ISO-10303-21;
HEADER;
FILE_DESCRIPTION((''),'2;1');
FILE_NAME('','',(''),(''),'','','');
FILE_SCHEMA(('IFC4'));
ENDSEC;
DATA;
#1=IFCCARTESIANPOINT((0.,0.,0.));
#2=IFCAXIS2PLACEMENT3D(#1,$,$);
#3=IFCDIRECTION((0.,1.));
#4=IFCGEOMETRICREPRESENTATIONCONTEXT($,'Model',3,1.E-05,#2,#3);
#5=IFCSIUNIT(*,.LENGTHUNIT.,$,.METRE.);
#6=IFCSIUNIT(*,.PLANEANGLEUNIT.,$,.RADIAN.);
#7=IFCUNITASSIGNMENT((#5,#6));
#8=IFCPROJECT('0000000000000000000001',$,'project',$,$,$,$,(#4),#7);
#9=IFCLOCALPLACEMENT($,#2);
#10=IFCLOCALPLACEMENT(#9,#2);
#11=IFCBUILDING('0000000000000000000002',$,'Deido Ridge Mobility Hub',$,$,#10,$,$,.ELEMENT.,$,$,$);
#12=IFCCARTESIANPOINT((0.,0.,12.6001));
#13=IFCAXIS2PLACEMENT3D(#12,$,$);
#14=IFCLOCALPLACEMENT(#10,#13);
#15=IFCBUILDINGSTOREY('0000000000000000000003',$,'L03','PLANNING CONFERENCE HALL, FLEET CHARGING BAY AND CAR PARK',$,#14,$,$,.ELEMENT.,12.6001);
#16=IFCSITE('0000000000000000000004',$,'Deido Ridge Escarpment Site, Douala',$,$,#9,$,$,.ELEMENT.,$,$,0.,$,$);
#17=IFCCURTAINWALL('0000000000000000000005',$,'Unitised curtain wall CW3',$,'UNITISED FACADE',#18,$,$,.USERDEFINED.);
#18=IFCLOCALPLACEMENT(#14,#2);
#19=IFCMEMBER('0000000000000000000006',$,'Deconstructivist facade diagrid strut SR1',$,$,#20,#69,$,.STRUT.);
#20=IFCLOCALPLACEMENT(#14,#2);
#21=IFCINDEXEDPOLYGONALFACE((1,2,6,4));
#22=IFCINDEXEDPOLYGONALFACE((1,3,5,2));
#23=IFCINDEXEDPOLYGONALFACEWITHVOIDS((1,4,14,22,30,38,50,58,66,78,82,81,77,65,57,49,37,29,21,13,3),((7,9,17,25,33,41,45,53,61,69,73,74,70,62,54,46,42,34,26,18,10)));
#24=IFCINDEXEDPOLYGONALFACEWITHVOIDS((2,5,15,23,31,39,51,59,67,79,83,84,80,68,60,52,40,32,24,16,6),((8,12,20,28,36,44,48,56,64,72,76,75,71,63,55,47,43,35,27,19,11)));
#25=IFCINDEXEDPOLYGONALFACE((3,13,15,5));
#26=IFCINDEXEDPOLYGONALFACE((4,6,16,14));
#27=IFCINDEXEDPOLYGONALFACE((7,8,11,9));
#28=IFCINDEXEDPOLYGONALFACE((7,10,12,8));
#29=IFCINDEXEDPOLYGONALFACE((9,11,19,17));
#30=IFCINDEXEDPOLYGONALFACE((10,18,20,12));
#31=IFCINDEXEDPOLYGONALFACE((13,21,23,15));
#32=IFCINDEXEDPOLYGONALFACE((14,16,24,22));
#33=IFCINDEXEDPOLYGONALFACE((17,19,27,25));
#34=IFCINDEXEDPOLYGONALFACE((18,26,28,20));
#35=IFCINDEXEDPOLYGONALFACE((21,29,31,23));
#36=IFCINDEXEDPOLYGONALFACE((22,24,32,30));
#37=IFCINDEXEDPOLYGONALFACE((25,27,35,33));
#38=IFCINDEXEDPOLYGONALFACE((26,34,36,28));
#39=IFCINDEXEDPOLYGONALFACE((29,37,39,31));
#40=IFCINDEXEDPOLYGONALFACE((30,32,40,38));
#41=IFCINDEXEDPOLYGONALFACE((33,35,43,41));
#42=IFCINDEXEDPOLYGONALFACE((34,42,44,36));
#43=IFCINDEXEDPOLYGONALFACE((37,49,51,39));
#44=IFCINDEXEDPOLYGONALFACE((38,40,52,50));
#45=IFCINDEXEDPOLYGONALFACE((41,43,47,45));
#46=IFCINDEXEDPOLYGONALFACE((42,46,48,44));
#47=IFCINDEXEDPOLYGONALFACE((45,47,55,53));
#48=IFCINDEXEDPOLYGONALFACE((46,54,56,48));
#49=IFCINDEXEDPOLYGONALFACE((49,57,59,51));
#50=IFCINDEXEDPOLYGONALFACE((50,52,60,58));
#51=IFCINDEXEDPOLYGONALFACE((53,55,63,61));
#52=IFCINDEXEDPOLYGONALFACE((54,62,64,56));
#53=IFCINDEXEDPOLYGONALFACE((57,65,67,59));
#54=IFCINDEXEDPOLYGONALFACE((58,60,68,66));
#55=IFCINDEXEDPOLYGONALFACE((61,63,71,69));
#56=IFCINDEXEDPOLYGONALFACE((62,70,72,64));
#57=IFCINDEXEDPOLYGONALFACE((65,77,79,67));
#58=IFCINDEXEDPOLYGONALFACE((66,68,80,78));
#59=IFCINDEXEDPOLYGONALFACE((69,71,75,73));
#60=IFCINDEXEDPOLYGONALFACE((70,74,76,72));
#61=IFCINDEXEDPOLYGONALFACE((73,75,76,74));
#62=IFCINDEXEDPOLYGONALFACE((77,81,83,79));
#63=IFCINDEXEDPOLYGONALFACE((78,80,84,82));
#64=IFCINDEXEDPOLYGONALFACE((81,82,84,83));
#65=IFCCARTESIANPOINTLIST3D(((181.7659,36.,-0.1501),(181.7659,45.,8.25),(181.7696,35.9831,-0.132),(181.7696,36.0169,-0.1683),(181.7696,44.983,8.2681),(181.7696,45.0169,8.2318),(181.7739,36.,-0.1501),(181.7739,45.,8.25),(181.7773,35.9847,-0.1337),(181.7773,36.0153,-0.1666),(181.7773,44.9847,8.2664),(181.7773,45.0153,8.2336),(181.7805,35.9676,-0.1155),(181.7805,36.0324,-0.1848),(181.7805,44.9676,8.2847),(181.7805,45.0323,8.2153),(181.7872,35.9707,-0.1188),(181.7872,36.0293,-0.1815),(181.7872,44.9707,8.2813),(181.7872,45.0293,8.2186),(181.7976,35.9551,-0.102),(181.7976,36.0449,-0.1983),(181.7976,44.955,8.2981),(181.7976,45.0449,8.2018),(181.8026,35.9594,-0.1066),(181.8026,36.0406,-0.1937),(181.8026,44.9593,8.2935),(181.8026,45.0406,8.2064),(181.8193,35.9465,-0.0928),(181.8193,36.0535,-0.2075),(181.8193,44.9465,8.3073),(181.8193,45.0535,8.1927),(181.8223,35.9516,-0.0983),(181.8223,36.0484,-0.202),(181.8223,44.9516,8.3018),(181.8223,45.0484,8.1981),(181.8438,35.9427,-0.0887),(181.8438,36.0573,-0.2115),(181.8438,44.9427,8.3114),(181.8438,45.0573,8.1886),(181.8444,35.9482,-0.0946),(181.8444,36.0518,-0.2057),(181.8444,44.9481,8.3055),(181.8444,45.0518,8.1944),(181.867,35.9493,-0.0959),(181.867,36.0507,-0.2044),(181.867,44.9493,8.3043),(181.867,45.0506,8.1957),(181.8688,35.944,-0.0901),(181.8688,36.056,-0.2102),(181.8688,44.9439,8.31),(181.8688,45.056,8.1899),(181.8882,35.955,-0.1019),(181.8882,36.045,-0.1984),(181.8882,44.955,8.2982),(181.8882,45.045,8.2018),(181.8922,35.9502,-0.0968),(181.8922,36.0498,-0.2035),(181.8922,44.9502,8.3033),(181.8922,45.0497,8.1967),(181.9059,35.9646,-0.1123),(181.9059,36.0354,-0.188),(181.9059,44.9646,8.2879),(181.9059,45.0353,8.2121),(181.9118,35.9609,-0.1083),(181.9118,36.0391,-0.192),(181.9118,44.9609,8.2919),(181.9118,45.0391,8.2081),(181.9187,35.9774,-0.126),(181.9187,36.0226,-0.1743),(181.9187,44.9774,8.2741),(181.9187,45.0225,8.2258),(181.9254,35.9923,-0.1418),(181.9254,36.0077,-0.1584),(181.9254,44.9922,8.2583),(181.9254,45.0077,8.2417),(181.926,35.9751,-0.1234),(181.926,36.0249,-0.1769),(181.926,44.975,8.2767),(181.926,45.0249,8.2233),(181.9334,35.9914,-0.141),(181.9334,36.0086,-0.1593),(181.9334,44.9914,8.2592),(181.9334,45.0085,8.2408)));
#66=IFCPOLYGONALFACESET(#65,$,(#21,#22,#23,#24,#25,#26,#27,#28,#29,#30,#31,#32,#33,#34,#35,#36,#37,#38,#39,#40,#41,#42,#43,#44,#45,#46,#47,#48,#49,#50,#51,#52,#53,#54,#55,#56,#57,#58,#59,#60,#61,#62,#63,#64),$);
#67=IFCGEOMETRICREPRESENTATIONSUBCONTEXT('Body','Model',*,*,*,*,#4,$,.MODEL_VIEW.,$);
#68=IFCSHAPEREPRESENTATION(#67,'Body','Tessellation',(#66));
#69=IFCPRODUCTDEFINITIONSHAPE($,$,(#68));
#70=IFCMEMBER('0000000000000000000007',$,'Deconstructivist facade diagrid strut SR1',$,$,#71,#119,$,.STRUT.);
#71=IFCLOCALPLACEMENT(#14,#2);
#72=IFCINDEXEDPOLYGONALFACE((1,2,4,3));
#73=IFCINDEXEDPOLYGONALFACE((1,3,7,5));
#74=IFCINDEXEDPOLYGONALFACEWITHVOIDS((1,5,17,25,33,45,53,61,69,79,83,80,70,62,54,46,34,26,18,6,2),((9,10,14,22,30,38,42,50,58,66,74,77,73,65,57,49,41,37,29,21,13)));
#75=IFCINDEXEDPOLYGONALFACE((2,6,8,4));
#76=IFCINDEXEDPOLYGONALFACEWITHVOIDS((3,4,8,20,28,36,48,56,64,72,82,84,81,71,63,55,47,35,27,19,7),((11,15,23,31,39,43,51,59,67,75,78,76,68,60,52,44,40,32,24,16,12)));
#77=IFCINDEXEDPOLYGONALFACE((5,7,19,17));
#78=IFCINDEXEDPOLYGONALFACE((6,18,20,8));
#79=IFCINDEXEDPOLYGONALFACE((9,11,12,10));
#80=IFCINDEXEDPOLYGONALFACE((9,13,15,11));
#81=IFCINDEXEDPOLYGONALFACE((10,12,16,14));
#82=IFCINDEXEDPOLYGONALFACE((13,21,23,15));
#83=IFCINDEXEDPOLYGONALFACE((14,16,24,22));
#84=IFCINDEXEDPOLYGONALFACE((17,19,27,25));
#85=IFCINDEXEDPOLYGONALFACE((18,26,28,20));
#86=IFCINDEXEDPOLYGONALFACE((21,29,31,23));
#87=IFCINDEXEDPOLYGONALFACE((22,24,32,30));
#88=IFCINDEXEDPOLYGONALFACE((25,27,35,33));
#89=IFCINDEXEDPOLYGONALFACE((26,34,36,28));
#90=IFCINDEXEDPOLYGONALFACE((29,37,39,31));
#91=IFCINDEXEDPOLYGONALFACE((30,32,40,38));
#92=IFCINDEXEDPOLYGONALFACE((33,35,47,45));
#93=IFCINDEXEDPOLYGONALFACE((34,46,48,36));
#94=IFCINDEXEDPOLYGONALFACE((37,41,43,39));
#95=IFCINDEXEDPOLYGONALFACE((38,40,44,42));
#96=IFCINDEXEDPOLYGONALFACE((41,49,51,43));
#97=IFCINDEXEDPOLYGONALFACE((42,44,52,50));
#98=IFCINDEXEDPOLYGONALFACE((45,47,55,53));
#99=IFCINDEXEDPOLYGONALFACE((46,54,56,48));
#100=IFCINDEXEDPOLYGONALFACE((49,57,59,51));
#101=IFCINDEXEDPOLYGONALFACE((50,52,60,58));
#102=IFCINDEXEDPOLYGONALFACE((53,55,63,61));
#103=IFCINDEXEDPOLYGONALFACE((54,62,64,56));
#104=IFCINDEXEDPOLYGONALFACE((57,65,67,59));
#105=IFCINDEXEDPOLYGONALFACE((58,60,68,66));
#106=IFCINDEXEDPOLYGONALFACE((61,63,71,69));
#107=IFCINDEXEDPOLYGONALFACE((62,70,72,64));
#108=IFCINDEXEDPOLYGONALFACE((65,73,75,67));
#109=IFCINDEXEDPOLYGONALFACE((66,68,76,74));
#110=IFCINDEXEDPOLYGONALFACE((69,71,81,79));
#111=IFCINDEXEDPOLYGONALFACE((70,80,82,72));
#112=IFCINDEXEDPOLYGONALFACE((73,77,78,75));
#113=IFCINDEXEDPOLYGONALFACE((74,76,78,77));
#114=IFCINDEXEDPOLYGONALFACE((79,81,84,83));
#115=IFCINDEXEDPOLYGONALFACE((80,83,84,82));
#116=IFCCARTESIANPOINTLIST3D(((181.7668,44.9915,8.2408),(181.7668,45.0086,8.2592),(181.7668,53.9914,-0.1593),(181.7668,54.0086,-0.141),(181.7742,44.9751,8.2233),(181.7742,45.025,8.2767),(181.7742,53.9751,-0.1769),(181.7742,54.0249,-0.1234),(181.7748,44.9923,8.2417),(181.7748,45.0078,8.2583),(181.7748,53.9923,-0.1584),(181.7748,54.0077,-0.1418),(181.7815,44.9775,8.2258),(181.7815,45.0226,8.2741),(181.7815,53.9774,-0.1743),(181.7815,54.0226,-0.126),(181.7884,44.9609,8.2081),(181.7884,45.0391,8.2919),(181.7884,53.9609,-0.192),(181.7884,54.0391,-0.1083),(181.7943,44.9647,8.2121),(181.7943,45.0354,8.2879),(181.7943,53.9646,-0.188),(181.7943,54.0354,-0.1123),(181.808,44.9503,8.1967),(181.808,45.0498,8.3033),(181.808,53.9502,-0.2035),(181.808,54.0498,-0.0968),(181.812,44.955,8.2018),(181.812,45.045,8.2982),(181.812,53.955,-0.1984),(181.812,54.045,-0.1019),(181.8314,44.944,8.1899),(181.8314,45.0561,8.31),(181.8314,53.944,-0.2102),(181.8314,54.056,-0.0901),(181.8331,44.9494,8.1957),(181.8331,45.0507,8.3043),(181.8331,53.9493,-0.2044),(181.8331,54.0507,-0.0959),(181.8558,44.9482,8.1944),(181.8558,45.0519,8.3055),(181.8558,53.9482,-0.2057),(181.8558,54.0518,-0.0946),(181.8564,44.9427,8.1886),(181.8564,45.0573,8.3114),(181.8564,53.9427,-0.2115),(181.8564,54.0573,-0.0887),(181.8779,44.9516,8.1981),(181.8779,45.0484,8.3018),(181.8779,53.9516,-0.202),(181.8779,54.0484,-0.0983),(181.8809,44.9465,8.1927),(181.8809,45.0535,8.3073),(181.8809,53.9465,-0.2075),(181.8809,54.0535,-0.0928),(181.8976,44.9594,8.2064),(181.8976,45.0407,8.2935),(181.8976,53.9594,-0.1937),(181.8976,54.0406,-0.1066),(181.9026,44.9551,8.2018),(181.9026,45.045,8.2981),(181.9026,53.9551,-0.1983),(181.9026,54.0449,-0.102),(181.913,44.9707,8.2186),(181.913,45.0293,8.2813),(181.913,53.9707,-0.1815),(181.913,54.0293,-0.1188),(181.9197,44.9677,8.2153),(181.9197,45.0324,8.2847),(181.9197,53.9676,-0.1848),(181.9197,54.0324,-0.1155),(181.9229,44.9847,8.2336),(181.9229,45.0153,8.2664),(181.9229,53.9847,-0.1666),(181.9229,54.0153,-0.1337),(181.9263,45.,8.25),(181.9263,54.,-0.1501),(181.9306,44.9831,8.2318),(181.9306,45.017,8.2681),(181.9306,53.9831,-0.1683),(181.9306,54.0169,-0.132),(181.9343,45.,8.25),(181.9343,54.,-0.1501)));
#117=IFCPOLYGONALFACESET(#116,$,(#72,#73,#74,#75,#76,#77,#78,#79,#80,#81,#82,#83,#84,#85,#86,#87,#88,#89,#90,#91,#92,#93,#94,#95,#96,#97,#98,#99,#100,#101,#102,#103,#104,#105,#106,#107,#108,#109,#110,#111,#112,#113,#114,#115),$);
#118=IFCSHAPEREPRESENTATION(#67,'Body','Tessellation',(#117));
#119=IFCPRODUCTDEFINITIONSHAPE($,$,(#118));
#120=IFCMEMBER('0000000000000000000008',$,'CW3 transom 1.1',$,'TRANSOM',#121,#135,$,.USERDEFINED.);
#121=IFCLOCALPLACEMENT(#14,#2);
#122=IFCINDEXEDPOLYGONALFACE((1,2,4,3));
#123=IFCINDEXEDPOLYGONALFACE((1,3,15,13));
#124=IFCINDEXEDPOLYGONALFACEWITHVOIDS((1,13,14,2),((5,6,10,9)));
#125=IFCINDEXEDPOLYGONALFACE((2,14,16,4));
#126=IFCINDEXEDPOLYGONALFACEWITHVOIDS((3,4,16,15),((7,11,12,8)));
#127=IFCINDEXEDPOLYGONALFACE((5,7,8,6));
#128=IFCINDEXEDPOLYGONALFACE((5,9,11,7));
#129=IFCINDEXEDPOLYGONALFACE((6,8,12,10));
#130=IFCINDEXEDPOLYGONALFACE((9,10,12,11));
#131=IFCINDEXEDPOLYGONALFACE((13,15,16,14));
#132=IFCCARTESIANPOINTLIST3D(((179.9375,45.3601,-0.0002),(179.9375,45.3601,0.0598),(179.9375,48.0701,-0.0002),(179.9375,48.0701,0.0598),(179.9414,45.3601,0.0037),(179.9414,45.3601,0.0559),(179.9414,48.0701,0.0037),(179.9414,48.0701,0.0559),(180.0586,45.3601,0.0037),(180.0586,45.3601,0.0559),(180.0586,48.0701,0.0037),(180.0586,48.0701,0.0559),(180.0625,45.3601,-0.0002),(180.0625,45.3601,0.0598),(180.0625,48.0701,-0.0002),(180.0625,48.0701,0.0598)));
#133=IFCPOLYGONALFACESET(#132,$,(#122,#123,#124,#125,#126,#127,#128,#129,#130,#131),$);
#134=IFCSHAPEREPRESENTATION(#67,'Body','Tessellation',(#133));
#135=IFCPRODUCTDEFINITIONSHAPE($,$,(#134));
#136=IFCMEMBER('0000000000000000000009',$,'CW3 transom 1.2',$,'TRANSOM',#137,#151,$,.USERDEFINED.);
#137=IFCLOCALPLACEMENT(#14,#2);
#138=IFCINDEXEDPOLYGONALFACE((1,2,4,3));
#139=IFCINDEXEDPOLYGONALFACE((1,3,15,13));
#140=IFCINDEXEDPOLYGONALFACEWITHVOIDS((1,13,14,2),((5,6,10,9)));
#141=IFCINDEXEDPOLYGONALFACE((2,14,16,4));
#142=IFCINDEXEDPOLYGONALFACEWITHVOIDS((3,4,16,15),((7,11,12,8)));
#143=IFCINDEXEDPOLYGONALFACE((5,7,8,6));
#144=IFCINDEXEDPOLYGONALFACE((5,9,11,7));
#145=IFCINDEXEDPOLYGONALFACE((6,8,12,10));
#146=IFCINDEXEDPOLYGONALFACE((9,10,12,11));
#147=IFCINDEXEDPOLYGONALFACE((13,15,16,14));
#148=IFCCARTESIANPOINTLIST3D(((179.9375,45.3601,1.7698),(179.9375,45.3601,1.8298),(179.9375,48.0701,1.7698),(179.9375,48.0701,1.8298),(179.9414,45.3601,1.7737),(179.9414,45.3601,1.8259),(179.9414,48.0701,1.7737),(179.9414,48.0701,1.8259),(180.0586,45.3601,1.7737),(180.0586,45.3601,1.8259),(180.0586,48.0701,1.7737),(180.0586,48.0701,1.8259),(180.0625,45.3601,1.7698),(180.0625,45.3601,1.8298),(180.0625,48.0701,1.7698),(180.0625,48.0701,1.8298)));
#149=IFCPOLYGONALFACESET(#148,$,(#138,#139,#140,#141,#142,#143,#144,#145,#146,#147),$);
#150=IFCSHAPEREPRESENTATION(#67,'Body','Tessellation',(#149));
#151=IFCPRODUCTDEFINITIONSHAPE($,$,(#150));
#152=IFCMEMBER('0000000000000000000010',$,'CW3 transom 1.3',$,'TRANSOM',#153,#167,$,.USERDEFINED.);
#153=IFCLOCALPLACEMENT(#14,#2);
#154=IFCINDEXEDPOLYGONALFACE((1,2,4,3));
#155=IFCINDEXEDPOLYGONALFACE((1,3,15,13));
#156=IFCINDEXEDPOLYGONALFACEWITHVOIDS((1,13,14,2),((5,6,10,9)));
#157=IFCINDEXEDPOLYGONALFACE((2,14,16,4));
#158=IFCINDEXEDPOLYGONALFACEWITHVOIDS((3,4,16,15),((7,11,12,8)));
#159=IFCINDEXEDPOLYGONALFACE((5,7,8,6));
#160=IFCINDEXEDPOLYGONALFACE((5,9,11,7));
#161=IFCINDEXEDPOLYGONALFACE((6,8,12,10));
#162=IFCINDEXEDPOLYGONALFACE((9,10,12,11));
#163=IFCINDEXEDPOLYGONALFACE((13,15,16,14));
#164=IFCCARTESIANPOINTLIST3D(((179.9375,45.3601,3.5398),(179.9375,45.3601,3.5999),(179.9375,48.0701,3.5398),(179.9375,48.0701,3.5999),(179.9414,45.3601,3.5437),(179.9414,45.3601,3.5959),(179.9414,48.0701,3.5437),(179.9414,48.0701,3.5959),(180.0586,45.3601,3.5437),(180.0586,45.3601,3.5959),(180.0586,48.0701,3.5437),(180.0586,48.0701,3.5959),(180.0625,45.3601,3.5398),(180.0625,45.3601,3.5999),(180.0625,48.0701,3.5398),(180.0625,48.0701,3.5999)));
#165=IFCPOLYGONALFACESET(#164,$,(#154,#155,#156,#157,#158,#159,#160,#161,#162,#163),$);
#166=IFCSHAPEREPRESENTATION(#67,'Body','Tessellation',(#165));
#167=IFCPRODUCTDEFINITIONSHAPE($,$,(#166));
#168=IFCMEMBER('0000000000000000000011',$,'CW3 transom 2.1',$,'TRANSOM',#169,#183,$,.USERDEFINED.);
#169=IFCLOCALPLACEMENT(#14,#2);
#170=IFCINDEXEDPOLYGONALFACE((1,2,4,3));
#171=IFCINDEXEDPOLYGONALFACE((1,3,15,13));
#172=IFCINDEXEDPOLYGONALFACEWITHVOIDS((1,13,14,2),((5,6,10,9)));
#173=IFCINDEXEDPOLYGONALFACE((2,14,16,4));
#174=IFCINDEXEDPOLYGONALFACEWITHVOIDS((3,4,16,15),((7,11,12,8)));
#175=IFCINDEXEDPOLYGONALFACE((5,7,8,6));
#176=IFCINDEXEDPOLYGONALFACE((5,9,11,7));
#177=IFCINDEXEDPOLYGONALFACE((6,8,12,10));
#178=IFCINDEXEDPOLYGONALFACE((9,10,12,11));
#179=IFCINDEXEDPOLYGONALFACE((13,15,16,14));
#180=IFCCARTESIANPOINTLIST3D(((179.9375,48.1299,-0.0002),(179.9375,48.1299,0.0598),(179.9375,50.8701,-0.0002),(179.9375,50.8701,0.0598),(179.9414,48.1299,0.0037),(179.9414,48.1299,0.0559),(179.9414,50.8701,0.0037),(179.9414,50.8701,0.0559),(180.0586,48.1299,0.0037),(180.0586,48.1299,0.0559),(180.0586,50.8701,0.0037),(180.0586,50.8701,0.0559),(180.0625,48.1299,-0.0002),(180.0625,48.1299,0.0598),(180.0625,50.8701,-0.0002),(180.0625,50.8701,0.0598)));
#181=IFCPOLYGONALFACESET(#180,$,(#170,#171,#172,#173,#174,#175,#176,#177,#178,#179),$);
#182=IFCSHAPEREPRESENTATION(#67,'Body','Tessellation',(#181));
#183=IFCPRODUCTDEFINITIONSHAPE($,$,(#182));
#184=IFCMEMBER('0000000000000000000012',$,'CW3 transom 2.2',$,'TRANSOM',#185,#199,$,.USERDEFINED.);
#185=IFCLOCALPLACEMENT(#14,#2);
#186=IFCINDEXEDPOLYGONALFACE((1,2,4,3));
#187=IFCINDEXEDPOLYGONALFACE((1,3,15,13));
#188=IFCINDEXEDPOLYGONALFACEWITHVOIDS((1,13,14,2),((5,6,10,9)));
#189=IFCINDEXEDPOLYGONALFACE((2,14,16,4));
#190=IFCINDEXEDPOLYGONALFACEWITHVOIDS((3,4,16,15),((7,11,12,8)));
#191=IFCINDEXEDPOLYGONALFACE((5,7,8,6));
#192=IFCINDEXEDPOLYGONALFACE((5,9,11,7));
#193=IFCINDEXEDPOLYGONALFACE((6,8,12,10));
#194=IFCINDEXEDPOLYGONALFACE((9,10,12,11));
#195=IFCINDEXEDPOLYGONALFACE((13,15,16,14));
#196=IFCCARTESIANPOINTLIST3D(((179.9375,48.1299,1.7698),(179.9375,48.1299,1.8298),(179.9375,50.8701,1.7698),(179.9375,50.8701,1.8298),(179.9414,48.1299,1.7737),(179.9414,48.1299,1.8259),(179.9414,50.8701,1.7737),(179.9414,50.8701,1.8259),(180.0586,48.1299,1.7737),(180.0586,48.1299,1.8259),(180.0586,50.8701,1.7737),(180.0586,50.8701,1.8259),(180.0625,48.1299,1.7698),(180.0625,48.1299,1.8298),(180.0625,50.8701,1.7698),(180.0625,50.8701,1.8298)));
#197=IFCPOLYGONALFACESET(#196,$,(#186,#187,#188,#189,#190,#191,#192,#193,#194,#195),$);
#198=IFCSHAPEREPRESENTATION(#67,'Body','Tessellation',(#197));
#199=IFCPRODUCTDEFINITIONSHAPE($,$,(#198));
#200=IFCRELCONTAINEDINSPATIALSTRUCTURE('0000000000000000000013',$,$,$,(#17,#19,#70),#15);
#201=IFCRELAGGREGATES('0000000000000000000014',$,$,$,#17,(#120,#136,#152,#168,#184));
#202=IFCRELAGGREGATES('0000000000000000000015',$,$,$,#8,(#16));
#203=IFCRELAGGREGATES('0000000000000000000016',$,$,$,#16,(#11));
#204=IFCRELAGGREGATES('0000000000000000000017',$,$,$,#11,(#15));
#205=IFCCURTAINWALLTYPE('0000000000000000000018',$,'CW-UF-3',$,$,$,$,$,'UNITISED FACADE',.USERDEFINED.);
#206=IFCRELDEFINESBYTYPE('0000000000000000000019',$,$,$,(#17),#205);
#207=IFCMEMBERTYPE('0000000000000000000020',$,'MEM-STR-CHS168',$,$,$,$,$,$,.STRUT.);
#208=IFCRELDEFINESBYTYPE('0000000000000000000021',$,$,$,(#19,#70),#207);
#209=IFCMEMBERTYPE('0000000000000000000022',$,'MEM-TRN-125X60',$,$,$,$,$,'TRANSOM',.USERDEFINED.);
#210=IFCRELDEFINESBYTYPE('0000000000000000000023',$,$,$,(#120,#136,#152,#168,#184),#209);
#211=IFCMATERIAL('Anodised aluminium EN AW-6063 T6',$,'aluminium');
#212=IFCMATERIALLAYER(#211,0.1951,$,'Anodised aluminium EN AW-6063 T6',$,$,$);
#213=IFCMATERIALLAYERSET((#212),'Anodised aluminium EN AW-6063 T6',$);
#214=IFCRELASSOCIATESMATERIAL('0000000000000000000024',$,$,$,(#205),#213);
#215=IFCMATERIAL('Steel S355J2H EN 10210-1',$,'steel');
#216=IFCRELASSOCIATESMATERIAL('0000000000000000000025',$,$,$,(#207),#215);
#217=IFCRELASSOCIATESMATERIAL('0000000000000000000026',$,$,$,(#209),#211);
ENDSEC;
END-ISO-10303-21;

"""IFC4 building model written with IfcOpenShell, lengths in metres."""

from ifc_helpers import new_model, si_unit, direction, frame, origin, origin_2d, place, context, subcontext, project, spatial, hollow_rectangle, hollow_circle, extrude, material, layer, layer_set, material_profile, profile_set, type_object, element, aggregate, save


model = new_model("IFC4")

# Units and contexts
model_context = context("Model", 3, precision=1e-05, world=origin(), true_north=direction((0.0, 1.0)))
body_context = subcontext(model_context, "Body", "Model", "MODEL_VIEW")
ifc_project = project(units=[si_unit("LENGTHUNIT", "METRE"), si_unit("PLANEANGLEUNIT", "RADIAN")], contexts=[model_context])

# Site, building, storey
site_placement = place(None, origin())
site = spatial("IfcSite", under=ifc_project, at=site_placement, Name="Deido Ridge Escarpment Site, Douala", CompositionType="ELEMENT", RefElevation=0.0)
building_placement = place(site_placement, origin())
building = spatial("IfcBuilding", under=site, at=building_placement, Name="Deido Ridge Mobility Hub", CompositionType="ELEMENT")
storey_placement = place(building_placement, frame((0.0, 0.0, 12.6001)))
storey = spatial("IfcBuildingStorey", under=building, at=storey_placement, Name="L03", Description="PLANNING CONFERENCE HALL, FLEET CHARGING BAY AND CAR PARK", CompositionType="ELEMENT", Elevation=12.6001)

# Curtain wall
ifc_material_1 = material(Name="Anodised aluminium EN AW-6063 T6", Category="aluminium")
ifc_layer_1 = layer(ifc_material_1, 0.1951, Name="Anodised aluminium EN AW-6063 T6")
ifc_layer_set_1 = layer_set([ifc_layer_1], Name="Anodised aluminium EN AW-6063 T6")
curtain_wall_type = type_object("IfcCurtainWallType", Name="CW-UF-3", ElementType="UNITISED FACADE", PredefinedType="USERDEFINED", material=ifc_layer_set_1)
curtain_wall_placement = place(storey_placement, origin())
curtain_wall = element("IfcCurtainWall", 1, at=curtain_wall_placement, inside=storey, type_object=curtain_wall_type, Name="Unitised curtain wall CW3", ObjectType="UNITISED FACADE", PredefinedType="USERDEFINED")

# Members
ifc_material_2 = material(Name="Steel S355J2H EN 10210-1", Category="steel")
ifc_material_profile_1 = material_profile(ifc_material_2, hollow_circle(Radius=0.0842, WallThickness=0.0081, at=origin_2d()), Name="CHS 168.3x8")
ifc_profile_set_1 = profile_set([ifc_material_profile_1], Name="Steel S355J2H EN 10210-1")
member_type_1 = type_object("IfcMemberType", Name="MEM-STR-CHS168", PredefinedType="STRUT", material=ifc_profile_set_1)
for number, where, z_axis, x_axis, name in (
    (2, (181.8501, 36.0, -0.1501), (0.0, 0.731049, 0.682325), (-1.0, 0.0, 0.0), "Deconstructivist facade diagrid strut SR1"),
    (3, (181.8501, 54.0, -0.1501), (0.0, -0.731049, 0.682325), (1.0, 0.0, 0.0), "Deconstructivist facade diagrid strut SR1"),
):
    element("IfcMember", number, at=place(storey_placement, frame(where, z_axis=z_axis, x_axis=x_axis)), inside=storey, type_object=member_type_1, Name=name, PredefinedType="STRUT", context=body_context, shape_type="SweptSolid", body=[
        extrude(hollow_circle(Radius=0.0842, WallThickness=0.0081, at=origin_2d()), origin(), (0.0, 0.0, 1.0), 12.311),
    ])

# Members
ifc_material_profile_2 = material_profile(ifc_material_1, hollow_rectangle(XDim=0.125, YDim=0.0601, WallThickness=0.0039, at=origin_2d()), Name="RHS 125x60x4")
ifc_profile_set_2 = profile_set([ifc_material_profile_2], Name="Anodised aluminium EN AW-6063 T6")
member_type_2 = type_object("IfcMemberType", Name="MEM-TRN-125X60", ElementType="TRANSOM", PredefinedType="USERDEFINED", material=ifc_profile_set_2)
member_1_placement = place(storey_placement, frame((180.0, 45.3601, 0.0298), z_axis=(0.0, 1.0, 0.0), x_axis=(-1.0, 0.0, 0.0)))
member_1 = element("IfcMember", 4, at=member_1_placement, type_object=member_type_2, Name="CW3 transom 1.1", ObjectType="TRANSOM", PredefinedType="USERDEFINED", context=body_context, shape_type="SweptSolid", body=[
    extrude(hollow_rectangle(XDim=0.125, YDim=0.0601, WallThickness=0.0039, at=origin_2d()), origin(), (0.0, 0.0, 1.0), 2.71),
])
member_2_placement = place(storey_placement, frame((180.0, 45.3601, 1.7998), z_axis=(0.0, 1.0, 0.0), x_axis=(-1.0, 0.0, 0.0)))
member_2 = element("IfcMember", 5, at=member_2_placement, type_object=member_type_2, Name="CW3 transom 1.2", ObjectType="TRANSOM", PredefinedType="USERDEFINED", context=body_context, shape_type="SweptSolid", body=[
    extrude(hollow_rectangle(XDim=0.125, YDim=0.0601, WallThickness=0.0039, at=origin_2d()), origin(), (0.0, 0.0, 1.0), 2.71),
])
member_3_placement = place(storey_placement, frame((180.0, 45.3601, 3.5698), z_axis=(0.0, 1.0, 0.0), x_axis=(-1.0, 0.0, 0.0)))
member_3 = element("IfcMember", 6, at=member_3_placement, type_object=member_type_2, Name="CW3 transom 1.3", ObjectType="TRANSOM", PredefinedType="USERDEFINED", context=body_context, shape_type="SweptSolid", body=[
    extrude(hollow_rectangle(XDim=0.125, YDim=0.0601, WallThickness=0.0039, at=origin_2d()), origin(), (0.0, 0.0, 1.0), 2.71),
])
member_4_placement = place(storey_placement, frame((180.0, 48.1299, 0.0298), z_axis=(0.0, 1.0, 0.0), x_axis=(-1.0, 0.0, 0.0)))
member_4 = element("IfcMember", 7, at=member_4_placement, type_object=member_type_2, Name="CW3 transom 2.1", ObjectType="TRANSOM", PredefinedType="USERDEFINED", context=body_context, shape_type="SweptSolid", body=[
    extrude(hollow_rectangle(XDim=0.125, YDim=0.0601, WallThickness=0.0039, at=origin_2d()), origin(), (0.0, 0.0, 1.0), 2.7402),
])
member_5_placement = place(storey_placement, frame((180.0, 48.1299, 1.7998), z_axis=(0.0, 1.0, 0.0), x_axis=(-1.0, 0.0, 0.0)))
member_5 = element("IfcMember", 8, at=member_5_placement, type_object=member_type_2, Name="CW3 transom 2.2", ObjectType="TRANSOM", PredefinedType="USERDEFINED", context=body_context, shape_type="SweptSolid", body=[
    extrude(hollow_rectangle(XDim=0.125, YDim=0.0601, WallThickness=0.0039, at=origin_2d()), origin(), (0.0, 0.0, 1.0), 2.7402),
])

aggregate(curtain_wall, [member_1, member_2, member_3, member_4, member_5])

save(model, "model.ifc")
